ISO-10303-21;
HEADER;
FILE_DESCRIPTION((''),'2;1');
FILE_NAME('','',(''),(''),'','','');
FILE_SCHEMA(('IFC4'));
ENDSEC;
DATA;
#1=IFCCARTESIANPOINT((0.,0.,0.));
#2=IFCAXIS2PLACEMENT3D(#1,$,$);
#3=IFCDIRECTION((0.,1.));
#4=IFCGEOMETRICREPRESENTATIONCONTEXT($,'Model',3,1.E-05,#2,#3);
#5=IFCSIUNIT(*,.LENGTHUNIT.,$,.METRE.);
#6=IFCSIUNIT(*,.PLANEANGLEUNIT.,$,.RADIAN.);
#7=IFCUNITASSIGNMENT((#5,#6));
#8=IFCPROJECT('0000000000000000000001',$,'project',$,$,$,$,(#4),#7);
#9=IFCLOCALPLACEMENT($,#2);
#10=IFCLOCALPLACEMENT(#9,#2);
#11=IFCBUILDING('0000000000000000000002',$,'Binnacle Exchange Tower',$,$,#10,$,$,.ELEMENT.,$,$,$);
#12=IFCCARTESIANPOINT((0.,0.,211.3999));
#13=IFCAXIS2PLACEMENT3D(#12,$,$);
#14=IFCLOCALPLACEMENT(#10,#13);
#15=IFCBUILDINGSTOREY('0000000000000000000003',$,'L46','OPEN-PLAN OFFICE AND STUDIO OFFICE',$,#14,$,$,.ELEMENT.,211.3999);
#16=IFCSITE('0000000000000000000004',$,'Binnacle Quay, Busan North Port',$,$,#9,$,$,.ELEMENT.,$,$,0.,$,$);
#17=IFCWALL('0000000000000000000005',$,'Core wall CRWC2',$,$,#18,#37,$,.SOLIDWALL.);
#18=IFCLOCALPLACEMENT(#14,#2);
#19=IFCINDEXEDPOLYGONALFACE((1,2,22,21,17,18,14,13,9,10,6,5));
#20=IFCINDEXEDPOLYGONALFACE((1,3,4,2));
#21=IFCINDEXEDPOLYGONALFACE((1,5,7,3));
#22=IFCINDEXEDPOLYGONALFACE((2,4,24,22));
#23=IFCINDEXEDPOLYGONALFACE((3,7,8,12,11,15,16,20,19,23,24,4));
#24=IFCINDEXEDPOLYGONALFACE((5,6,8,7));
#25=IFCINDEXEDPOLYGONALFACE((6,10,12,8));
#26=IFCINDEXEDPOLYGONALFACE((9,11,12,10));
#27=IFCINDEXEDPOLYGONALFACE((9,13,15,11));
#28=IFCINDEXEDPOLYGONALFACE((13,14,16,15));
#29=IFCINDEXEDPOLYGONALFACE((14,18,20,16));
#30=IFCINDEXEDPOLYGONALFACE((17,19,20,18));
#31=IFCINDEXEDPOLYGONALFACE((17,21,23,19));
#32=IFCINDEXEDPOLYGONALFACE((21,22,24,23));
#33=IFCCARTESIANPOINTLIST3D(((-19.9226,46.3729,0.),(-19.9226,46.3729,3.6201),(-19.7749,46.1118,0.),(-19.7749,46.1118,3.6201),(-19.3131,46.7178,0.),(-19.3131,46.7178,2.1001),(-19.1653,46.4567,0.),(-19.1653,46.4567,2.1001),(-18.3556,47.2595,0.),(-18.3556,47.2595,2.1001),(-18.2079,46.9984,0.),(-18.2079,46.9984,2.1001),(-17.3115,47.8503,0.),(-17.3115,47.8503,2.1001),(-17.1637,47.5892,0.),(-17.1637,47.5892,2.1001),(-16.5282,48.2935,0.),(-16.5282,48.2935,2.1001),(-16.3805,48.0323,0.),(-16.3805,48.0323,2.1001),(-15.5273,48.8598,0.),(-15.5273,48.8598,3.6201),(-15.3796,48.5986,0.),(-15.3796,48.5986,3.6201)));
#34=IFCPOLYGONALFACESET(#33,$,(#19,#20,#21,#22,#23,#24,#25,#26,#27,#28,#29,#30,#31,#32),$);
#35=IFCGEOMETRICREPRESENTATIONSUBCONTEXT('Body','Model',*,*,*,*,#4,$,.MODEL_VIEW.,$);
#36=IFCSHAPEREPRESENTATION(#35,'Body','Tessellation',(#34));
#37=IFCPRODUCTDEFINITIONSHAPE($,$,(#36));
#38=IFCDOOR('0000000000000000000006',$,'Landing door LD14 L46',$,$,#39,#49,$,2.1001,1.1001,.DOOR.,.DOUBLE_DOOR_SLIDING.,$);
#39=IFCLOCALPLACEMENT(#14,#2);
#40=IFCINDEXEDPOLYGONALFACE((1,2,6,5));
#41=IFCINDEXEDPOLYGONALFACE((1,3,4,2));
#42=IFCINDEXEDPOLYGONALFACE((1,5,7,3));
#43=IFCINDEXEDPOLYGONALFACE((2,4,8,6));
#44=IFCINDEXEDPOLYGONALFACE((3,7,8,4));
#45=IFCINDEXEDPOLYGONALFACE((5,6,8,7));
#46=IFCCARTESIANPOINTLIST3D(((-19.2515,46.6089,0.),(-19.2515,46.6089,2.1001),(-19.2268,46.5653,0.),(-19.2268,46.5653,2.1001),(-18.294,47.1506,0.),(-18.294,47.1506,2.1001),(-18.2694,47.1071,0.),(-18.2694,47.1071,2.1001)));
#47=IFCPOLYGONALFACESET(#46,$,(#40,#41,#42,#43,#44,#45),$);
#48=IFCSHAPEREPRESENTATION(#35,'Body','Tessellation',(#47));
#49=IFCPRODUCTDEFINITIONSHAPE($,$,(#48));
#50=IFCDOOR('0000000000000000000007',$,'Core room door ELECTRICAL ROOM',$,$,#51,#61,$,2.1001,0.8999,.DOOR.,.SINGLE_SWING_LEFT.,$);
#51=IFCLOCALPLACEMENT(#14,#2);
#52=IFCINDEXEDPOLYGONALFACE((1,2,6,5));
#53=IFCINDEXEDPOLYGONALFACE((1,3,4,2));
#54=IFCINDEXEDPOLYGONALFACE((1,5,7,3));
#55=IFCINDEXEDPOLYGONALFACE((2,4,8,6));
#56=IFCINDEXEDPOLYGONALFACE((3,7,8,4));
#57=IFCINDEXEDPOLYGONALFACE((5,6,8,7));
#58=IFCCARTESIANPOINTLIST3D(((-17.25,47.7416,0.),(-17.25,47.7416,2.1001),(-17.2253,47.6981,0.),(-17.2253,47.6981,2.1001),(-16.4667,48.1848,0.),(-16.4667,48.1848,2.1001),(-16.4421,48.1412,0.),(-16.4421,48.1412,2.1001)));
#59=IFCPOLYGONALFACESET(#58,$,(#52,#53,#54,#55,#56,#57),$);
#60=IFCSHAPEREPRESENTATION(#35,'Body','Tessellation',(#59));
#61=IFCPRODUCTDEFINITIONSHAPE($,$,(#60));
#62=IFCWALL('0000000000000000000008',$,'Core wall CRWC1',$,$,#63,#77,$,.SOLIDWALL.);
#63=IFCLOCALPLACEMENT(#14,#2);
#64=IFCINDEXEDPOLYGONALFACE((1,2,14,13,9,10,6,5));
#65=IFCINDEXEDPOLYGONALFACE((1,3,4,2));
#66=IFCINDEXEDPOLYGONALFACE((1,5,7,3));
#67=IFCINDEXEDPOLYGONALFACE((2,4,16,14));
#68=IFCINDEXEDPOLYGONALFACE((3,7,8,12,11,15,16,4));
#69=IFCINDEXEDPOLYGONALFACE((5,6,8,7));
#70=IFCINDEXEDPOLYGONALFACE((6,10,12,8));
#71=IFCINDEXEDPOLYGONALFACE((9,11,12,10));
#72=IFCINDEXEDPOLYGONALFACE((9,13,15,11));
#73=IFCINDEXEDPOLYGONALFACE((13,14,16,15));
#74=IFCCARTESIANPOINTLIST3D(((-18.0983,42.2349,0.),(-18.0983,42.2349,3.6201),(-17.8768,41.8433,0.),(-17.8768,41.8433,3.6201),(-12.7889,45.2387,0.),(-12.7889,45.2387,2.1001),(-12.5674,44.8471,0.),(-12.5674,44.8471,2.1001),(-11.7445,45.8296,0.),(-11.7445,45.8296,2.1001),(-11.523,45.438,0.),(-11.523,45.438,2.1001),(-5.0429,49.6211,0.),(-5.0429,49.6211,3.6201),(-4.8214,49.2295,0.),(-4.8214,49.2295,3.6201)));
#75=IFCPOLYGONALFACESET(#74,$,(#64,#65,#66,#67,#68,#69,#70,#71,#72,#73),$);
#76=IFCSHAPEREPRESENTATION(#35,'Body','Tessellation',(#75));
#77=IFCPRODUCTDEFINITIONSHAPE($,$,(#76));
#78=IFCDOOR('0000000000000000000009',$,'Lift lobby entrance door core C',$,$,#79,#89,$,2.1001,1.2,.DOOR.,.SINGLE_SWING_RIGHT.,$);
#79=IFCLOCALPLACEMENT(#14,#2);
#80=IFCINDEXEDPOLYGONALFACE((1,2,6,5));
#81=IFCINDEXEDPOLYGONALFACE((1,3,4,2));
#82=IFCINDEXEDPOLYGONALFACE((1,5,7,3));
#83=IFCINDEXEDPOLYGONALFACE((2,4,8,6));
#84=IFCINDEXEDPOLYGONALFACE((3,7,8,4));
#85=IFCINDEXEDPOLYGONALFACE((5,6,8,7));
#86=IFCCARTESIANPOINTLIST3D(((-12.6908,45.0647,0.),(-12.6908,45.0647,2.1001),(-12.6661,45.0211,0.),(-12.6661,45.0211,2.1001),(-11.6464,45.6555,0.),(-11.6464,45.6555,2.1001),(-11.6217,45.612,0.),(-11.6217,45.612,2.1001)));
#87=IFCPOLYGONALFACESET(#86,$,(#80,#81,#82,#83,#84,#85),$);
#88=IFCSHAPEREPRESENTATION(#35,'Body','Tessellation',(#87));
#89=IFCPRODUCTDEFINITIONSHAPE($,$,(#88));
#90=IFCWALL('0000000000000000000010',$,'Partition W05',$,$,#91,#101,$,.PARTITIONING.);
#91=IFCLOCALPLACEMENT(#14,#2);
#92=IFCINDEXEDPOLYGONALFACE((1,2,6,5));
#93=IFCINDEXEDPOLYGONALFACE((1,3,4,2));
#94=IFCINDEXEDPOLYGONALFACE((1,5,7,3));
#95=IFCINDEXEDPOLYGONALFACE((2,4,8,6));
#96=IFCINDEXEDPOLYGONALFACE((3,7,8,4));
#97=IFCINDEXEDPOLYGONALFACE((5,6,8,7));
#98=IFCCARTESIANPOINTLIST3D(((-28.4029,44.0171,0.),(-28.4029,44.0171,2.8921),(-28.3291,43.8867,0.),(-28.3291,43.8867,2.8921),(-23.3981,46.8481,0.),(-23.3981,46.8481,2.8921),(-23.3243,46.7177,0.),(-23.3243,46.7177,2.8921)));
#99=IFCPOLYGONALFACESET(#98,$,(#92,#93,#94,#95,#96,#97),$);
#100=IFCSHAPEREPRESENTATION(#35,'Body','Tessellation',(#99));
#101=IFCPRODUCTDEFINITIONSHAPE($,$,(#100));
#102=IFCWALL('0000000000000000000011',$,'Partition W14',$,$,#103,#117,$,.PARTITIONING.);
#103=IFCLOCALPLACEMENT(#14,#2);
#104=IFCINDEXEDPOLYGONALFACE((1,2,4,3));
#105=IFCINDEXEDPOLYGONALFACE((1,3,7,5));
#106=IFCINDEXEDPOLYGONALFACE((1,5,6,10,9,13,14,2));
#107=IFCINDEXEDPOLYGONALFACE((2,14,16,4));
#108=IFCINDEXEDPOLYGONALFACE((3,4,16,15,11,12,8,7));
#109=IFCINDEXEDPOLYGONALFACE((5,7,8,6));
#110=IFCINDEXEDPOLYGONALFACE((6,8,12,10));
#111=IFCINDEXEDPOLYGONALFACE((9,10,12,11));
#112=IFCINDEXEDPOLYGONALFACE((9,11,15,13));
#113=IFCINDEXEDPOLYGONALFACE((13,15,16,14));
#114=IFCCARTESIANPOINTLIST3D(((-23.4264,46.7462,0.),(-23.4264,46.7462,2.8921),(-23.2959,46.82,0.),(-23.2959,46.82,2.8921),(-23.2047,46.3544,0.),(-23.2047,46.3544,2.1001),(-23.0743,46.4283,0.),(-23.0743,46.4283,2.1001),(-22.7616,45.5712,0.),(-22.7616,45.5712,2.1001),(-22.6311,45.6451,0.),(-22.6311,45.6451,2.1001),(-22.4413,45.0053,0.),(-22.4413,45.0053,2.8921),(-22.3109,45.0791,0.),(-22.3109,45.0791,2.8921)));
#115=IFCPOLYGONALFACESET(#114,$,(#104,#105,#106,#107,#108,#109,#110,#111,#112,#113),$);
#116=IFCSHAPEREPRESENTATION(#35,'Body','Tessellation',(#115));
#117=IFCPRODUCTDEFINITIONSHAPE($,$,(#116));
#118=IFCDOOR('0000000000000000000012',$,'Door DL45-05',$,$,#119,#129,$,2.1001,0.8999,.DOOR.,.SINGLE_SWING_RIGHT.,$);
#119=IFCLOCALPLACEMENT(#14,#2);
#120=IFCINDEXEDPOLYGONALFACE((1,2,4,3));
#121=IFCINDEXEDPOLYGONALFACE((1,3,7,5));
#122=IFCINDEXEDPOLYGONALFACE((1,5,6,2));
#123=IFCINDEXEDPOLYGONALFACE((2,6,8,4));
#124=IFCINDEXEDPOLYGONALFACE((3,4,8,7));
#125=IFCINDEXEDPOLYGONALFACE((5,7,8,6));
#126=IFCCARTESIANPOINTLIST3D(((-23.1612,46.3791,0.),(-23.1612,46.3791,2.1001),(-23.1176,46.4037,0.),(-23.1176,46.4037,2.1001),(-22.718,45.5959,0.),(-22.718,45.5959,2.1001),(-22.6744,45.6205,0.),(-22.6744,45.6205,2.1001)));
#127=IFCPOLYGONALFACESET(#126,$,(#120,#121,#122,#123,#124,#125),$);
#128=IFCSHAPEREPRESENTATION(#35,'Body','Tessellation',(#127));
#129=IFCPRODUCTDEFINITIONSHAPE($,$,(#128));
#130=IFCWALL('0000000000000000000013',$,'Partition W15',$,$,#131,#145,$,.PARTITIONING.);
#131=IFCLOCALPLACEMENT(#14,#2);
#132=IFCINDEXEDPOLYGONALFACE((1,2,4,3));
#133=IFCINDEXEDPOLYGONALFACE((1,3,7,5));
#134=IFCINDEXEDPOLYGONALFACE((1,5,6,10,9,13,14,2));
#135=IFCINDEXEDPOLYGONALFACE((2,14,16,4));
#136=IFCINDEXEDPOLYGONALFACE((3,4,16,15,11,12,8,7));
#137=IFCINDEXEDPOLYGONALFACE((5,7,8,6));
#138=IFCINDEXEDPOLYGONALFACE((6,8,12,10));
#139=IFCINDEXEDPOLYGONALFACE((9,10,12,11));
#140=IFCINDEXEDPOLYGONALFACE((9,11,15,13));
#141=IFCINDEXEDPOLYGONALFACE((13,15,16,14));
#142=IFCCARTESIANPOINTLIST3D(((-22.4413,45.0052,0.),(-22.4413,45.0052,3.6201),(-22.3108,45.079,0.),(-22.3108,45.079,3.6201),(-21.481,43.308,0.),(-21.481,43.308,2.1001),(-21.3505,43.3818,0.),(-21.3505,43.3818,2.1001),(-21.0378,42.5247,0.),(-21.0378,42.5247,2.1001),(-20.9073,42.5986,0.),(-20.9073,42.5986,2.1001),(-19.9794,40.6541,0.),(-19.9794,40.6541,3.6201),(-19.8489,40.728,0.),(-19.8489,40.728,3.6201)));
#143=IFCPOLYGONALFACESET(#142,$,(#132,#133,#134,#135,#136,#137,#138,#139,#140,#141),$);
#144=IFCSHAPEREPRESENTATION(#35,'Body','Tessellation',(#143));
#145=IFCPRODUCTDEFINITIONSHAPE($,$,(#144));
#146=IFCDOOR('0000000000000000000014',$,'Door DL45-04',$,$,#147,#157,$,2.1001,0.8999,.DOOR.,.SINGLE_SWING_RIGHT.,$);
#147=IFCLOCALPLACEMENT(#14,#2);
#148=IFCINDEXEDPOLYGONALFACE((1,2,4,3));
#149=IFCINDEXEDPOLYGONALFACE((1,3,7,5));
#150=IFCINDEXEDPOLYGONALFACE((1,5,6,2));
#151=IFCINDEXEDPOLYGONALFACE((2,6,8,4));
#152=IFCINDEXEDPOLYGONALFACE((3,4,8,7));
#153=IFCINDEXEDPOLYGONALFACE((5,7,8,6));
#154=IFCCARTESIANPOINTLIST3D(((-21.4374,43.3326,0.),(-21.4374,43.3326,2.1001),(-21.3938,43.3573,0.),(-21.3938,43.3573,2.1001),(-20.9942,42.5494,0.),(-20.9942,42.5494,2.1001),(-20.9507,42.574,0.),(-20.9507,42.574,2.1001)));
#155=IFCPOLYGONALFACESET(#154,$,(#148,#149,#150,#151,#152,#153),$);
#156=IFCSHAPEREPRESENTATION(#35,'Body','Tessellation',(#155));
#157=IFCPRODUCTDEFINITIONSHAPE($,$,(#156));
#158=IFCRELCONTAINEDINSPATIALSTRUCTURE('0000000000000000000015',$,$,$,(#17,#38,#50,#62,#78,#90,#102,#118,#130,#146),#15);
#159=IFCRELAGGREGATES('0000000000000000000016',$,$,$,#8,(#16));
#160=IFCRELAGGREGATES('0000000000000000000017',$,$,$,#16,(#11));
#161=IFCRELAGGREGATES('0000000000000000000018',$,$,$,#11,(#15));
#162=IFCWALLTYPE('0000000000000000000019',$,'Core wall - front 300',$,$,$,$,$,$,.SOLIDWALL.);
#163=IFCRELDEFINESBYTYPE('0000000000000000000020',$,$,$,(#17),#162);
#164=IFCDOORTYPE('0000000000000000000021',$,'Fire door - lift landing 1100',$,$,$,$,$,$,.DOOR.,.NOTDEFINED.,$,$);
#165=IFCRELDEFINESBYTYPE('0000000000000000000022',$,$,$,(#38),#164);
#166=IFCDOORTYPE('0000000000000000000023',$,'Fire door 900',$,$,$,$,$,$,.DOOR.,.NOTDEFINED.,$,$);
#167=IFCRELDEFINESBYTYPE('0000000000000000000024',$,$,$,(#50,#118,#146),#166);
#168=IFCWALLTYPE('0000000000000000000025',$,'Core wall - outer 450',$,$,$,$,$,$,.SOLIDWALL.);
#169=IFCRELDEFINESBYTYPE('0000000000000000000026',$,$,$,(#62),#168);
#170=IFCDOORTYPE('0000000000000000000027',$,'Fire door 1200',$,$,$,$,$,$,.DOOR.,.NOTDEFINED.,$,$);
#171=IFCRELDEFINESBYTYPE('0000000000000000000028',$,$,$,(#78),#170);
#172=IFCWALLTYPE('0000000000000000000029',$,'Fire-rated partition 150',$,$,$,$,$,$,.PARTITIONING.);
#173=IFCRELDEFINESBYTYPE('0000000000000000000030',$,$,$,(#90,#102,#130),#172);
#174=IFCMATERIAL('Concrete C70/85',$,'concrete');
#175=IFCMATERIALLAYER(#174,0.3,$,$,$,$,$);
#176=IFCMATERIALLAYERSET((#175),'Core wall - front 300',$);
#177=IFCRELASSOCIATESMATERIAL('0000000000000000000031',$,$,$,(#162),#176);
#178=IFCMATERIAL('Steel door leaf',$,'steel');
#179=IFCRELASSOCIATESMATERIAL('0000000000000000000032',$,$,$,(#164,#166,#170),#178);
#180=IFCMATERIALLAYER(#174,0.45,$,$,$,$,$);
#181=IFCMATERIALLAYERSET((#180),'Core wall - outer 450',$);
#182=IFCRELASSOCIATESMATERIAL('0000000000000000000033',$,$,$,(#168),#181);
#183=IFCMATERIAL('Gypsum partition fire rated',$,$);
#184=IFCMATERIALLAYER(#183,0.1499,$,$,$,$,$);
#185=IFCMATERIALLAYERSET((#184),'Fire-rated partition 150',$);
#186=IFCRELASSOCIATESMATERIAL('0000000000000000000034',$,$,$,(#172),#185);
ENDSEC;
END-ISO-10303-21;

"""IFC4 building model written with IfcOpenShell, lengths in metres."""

from ifc_helpers import new_model, si_unit, direction, frame, frame_2d, origin, place, context, subcontext, project, spatial, rectangle, extrude, material, layer, layer_set, type_object, element, fill, save


model = new_model("IFC4")

# Units and contexts
model_context = context("Model", 3, precision=1e-05, world=origin(), true_north=direction((0.0, 1.0)))
body_context = subcontext(model_context, "Body", "Model", "MODEL_VIEW")
ifc_project = project(units=[si_unit("LENGTHUNIT", "METRE"), si_unit("PLANEANGLEUNIT", "RADIAN")], contexts=[model_context])

# Site, building, storey
site_placement = place(None, origin())
site = spatial("IfcSite", under=ifc_project, at=site_placement, Name="Binnacle Quay, Busan North Port", CompositionType="ELEMENT", RefElevation=0.0)
building_placement = place(site_placement, origin())
building = spatial("IfcBuilding", under=site, at=building_placement, Name="Binnacle Exchange Tower", CompositionType="ELEMENT")
storey_placement = place(building_placement, frame((0.0, 0.0, 211.3999)))
storey = spatial("IfcBuildingStorey", under=building, at=storey_placement, Name="L46", Description="OPEN-PLAN OFFICE AND STUDIO OFFICE", CompositionType="ELEMENT", Elevation=211.3999)

# Wall, openings, doors
ifc_material_1 = material(Name="Concrete C70/85", Category="concrete")
ifc_layer_1 = layer(ifc_material_1, 0.3)
ifc_layer_set_1 = layer_set([ifc_layer_1], Name="Core wall - front 300")
wall_type_1 = type_object("IfcWallType", Name="Core wall - front 300", PredefinedType="SOLIDWALL", material=ifc_layer_set_1)
wall_1_placement = place(storey_placement, frame((-19.8486, 46.2424, 0.0), z_axis=(0.0, 0.0, 1.0), x_axis=(0.870348, 0.492438, 0.0)))
wall_1 = element("IfcWall", 1, at=wall_1_placement, inside=storey, type_object=wall_type_1, Name="Core wall CRWC2", PredefinedType="SOLIDWALL", context=body_context, shape_type="SweptSolid", body=[
    extrude(rectangle(XDim=5.05, YDim=0.3, at=frame_2d((2.5249, 0.0))), origin(), (0.0, 0.0, 1.0), 3.6201),
])
opening_1_placement = place(wall_1_placement, frame((0.7002, 0.0, 0.0)))
opening_1 = element("IfcOpeningElement", 2, at=opening_1_placement, cuts=wall_1, PredefinedType="OPENING", context=body_context, shape_type="SweptSolid", body=[
    extrude(rectangle(XDim=1.1001, YDim=2.1001, at=frame_2d((0.55, 1.05))), frame((0.0, 0.1599, 0.0), z_axis=(0.0, -1.0, 0.0), x_axis=(1.0, 0.0, 0.0)), (0.0, 0.0, 1.0), 0.3201),
])
opening_2_placement = place(wall_1_placement, frame((3.0, 0.0, 0.0)))
opening_2 = element("IfcOpeningElement", 3, at=opening_2_placement, cuts=wall_1, PredefinedType="OPENING", context=body_context, shape_type="SweptSolid", body=[
    extrude(rectangle(XDim=0.8999, YDim=2.1001, at=frame_2d((0.45, 1.05))), frame((0.0, 0.1599, 0.0), z_axis=(0.0, -1.0, 0.0), x_axis=(1.0, 0.0, 0.0)), (0.0, 0.0, 1.0), 0.3201),
])
ifc_material_2 = material(Name="Steel door leaf", Category="steel")
door_type_1 = type_object("IfcDoorType", Name="Fire door - lift landing 1100", OperationType="NOTDEFINED", PredefinedType="DOOR", material=ifc_material_2)
door_1_placement = place(opening_1_placement, origin())
door_1 = element("IfcDoor", 4, at=door_1_placement, inside=storey, type_object=door_type_1, Name="Landing door LD14 L46", OperationType="DOUBLE_DOOR_SLIDING", OverallHeight=2.1001, OverallWidth=1.1001, PredefinedType="DOOR", context=body_context, shape_type="SweptSolid", body=[
    extrude(rectangle(XDim=1.1001, YDim=2.1001, at=frame_2d((0.55, 1.05))), frame((0.0, 0.0249, 0.0), z_axis=(0.0, -1.0, 0.0), x_axis=(1.0, 0.0, 0.0)), (0.0, 0.0, 1.0), 0.05),
])
fill(opening_1, door_1)
door_type_2 = type_object("IfcDoorType", Name="Fire door 900", OperationType="NOTDEFINED", PredefinedType="DOOR", material=ifc_material_2)
door_2_placement = place(opening_2_placement, frame((0.8999, 0.0, 0.0), z_axis=(0.0, 0.0, 1.0), x_axis=(-1.0, 0.0, 0.0)))
door_2 = element("IfcDoor", 5, at=door_2_placement, inside=storey, type_object=door_type_2, Name="Core room door ELECTRICAL ROOM", OperationType="SINGLE_SWING_LEFT", OverallHeight=2.1001, OverallWidth=0.8999, PredefinedType="DOOR", context=body_context, shape_type="SweptSolid", body=[
    extrude(rectangle(XDim=0.8999, YDim=2.1001, at=frame_2d((0.45, 1.05))), frame((0.0, 0.0249, 0.0), z_axis=(0.0, -1.0, 0.0), x_axis=(1.0, 0.0, 0.0)), (0.0, 0.0, 1.0), 0.05),
])
fill(opening_2, door_2)

# Wall, opening, door
ifc_layer_2 = layer(ifc_material_1, 0.45)
ifc_layer_set_2 = layer_set([ifc_layer_2], Name="Core wall - outer 450")
wall_type_2 = type_object("IfcWallType", Name="Core wall - outer 450", PredefinedType="SOLIDWALL", material=ifc_layer_set_2)
wall_2_placement = place(storey_placement, frame((-17.9875, 42.0391, 0.0), z_axis=(0.0, 0.0, 1.0), x_axis=(0.870361, 0.492415, 0.0)))
wall_2 = element("IfcWall", 6, at=wall_2_placement, inside=storey, type_object=wall_type_2, Name="Core wall CRWC1", PredefinedType="SOLIDWALL", context=body_context, shape_type="SweptSolid", body=[
    extrude(rectangle(XDim=15.0, YDim=0.45, at=frame_2d((7.5, 0.0))), origin(), (0.0, 0.0, 1.0), 3.6201),
])
opening_3_placement = place(wall_2_placement, frame((6.1001, 0.0, 0.0)))
opening_3 = element("IfcOpeningElement", 7, at=opening_3_placement, cuts=wall_2, PredefinedType="OPENING", context=body_context, shape_type="SweptSolid", body=[
    extrude(rectangle(XDim=1.2, YDim=2.1001, at=frame_2d((0.6001, 1.05))), frame((0.0, 0.2349, 0.0), z_axis=(0.0, -1.0, 0.0), x_axis=(1.0, 0.0, 0.0)), (0.0, 0.0, 1.0), 0.47),
])
door_type_3 = type_object("IfcDoorType", Name="Fire door 1200", OperationType="NOTDEFINED", PredefinedType="DOOR", material=ifc_material_2)
door_3_placement = place(opening_3_placement, frame((1.2, 0.0, 0.0), z_axis=(0.0, 0.0, 1.0), x_axis=(-1.0, 0.0, 0.0)))
door_3 = element("IfcDoor", 8, at=door_3_placement, inside=storey, type_object=door_type_3, Name="Lift lobby entrance door core C", OperationType="SINGLE_SWING_RIGHT", OverallHeight=2.1001, OverallWidth=1.2, PredefinedType="DOOR", context=body_context, shape_type="SweptSolid", body=[
    extrude(rectangle(XDim=1.2, YDim=2.1001, at=frame_2d((0.6001, 1.05))), frame((0.0, 0.0249, 0.0), z_axis=(0.0, -1.0, 0.0), x_axis=(1.0, 0.0, 0.0)), (0.0, 0.0, 1.0), 0.05),
])
fill(opening_3, door_3)

# Wall
ifc_material_3 = material(Name="Gypsum partition fire rated")
ifc_layer_3 = layer(ifc_material_3, 0.1499)
ifc_layer_set_3 = layer_set([ifc_layer_3], Name="Fire-rated partition 150")
wall_type_3 = type_object("IfcWallType", Name="Fire-rated partition 150", PredefinedType="PARTITIONING", material=ifc_layer_set_3)
wall_3_placement = place(storey_placement, frame((-28.366, 43.9519, 0.0), z_axis=(0.0, 0.0, 1.0), x_axis=(0.870398, 0.492348, 0.0)))
element("IfcWall", 9, at=wall_3_placement, inside=storey, type_object=wall_type_3, Name="Partition W05", PredefinedType="PARTITIONING", context=body_context, shape_type="SweptSolid", body=[
    extrude(rectangle(XDim=5.75, YDim=0.1499, at=frame_2d((2.875, 0.0))), origin(), (0.0, 0.0, 1.0), 2.8921),
])

# Walls, openings, doors
wall_4_placement = place(storey_placement, frame((-23.3611, 46.783, 0.0), z_axis=(0.0, 0.0, 1.0), x_axis=(0.492467, -0.870331, 0.0)))
wall_4 = element("IfcWall", 10, at=wall_4_placement, inside=storey, type_object=wall_type_3, Name="Partition W14", PredefinedType="PARTITIONING", context=body_context, shape_type="SweptSolid", body=[
    extrude(rectangle(XDim=2.0002, YDim=0.1499, at=frame_2d((1.0, 0.0))), origin(), (0.0, 0.0, 1.0), 2.8921),
])
opening_4_placement = place(wall_4_placement, frame((0.45, 0.0, 0.0)))
opening_4 = element("IfcOpeningElement", 11, at=opening_4_placement, cuts=wall_4, PredefinedType="OPENING", context=body_context, shape_type="SweptSolid", body=[
    extrude(rectangle(XDim=0.8999, YDim=2.1001, at=frame_2d((0.45, 1.05))), frame((0.0, 0.085, 0.0), z_axis=(0.0, -1.0, 0.0), x_axis=(1.0, 0.0, 0.0)), (0.0, 0.0, 1.0), 0.1699),
])
door_4_placement = place(opening_4_placement, frame((0.8999, 0.0, 0.0), z_axis=(0.0, 0.0, 1.0), x_axis=(-1.0, 0.0, 0.0)))
door_4 = element("IfcDoor", 12, at=door_4_placement, inside=storey, type_object=door_type_2, Name="Door DL45-05", OperationType="SINGLE_SWING_RIGHT", OverallHeight=2.1001, OverallWidth=0.8999, PredefinedType="DOOR", context=body_context, shape_type="SweptSolid", body=[
    extrude(rectangle(XDim=0.8999, YDim=2.1001, at=frame_2d((0.45, 1.05))), frame((0.0, 0.0249, 0.0), z_axis=(0.0, -1.0, 0.0), x_axis=(1.0, 0.0, 0.0)), (0.0, 0.0, 1.0), 0.05),
])
fill(opening_4, door_4)
wall_5_placement = place(storey_placement, frame((-22.376, 45.042, 0.0), z_axis=(0.0, 0.0, 1.0), x_axis=(0.492453, -0.870339, 0.0)))
wall_5 = element("IfcWall", 13, at=wall_5_placement, inside=storey, type_object=wall_type_3, Name="Partition W15", PredefinedType="PARTITIONING", context=body_context, shape_type="SweptSolid", body=[
    extrude(rectangle(XDim=4.9993, YDim=0.1499, at=frame_2d((2.4995, 0.0))), origin(), (0.0, 0.0, 1.0), 3.6201),
])
opening_5_placement = place(wall_5_placement, frame((1.95, 0.0, 0.0)))
opening_5 = element("IfcOpeningElement", 14, at=opening_5_placement, cuts=wall_5, PredefinedType="OPENING", context=body_context, shape_type="SweptSolid", body=[
    extrude(rectangle(XDim=0.8999, YDim=2.1001, at=frame_2d((0.45, 1.05))), frame((0.0, 0.085, 0.0), z_axis=(0.0, -1.0, 0.0), x_axis=(1.0, 0.0, 0.0)), (0.0, 0.0, 1.0), 0.1699),
])
door_5_placement = place(opening_5_placement, frame((0.8999, 0.0, 0.0), z_axis=(0.0, 0.0, 1.0), x_axis=(-1.0, 0.0, 0.0)))
door_5 = element("IfcDoor", 15, at=door_5_placement, inside=storey, type_object=door_type_2, Name="Door DL45-04", OperationType="SINGLE_SWING_RIGHT", OverallHeight=2.1001, OverallWidth=0.8999, PredefinedType="DOOR", context=body_context, shape_type="SweptSolid", body=[
    extrude(rectangle(XDim=0.8999, YDim=2.1001, at=frame_2d((0.45, 1.05))), frame((0.0, 0.0249, 0.0), z_axis=(0.0, -1.0, 0.0), x_axis=(1.0, 0.0, 0.0)), (0.0, 0.0, 1.0), 0.05),
])
fill(opening_5, door_5)

save(model, "model.ifc")
